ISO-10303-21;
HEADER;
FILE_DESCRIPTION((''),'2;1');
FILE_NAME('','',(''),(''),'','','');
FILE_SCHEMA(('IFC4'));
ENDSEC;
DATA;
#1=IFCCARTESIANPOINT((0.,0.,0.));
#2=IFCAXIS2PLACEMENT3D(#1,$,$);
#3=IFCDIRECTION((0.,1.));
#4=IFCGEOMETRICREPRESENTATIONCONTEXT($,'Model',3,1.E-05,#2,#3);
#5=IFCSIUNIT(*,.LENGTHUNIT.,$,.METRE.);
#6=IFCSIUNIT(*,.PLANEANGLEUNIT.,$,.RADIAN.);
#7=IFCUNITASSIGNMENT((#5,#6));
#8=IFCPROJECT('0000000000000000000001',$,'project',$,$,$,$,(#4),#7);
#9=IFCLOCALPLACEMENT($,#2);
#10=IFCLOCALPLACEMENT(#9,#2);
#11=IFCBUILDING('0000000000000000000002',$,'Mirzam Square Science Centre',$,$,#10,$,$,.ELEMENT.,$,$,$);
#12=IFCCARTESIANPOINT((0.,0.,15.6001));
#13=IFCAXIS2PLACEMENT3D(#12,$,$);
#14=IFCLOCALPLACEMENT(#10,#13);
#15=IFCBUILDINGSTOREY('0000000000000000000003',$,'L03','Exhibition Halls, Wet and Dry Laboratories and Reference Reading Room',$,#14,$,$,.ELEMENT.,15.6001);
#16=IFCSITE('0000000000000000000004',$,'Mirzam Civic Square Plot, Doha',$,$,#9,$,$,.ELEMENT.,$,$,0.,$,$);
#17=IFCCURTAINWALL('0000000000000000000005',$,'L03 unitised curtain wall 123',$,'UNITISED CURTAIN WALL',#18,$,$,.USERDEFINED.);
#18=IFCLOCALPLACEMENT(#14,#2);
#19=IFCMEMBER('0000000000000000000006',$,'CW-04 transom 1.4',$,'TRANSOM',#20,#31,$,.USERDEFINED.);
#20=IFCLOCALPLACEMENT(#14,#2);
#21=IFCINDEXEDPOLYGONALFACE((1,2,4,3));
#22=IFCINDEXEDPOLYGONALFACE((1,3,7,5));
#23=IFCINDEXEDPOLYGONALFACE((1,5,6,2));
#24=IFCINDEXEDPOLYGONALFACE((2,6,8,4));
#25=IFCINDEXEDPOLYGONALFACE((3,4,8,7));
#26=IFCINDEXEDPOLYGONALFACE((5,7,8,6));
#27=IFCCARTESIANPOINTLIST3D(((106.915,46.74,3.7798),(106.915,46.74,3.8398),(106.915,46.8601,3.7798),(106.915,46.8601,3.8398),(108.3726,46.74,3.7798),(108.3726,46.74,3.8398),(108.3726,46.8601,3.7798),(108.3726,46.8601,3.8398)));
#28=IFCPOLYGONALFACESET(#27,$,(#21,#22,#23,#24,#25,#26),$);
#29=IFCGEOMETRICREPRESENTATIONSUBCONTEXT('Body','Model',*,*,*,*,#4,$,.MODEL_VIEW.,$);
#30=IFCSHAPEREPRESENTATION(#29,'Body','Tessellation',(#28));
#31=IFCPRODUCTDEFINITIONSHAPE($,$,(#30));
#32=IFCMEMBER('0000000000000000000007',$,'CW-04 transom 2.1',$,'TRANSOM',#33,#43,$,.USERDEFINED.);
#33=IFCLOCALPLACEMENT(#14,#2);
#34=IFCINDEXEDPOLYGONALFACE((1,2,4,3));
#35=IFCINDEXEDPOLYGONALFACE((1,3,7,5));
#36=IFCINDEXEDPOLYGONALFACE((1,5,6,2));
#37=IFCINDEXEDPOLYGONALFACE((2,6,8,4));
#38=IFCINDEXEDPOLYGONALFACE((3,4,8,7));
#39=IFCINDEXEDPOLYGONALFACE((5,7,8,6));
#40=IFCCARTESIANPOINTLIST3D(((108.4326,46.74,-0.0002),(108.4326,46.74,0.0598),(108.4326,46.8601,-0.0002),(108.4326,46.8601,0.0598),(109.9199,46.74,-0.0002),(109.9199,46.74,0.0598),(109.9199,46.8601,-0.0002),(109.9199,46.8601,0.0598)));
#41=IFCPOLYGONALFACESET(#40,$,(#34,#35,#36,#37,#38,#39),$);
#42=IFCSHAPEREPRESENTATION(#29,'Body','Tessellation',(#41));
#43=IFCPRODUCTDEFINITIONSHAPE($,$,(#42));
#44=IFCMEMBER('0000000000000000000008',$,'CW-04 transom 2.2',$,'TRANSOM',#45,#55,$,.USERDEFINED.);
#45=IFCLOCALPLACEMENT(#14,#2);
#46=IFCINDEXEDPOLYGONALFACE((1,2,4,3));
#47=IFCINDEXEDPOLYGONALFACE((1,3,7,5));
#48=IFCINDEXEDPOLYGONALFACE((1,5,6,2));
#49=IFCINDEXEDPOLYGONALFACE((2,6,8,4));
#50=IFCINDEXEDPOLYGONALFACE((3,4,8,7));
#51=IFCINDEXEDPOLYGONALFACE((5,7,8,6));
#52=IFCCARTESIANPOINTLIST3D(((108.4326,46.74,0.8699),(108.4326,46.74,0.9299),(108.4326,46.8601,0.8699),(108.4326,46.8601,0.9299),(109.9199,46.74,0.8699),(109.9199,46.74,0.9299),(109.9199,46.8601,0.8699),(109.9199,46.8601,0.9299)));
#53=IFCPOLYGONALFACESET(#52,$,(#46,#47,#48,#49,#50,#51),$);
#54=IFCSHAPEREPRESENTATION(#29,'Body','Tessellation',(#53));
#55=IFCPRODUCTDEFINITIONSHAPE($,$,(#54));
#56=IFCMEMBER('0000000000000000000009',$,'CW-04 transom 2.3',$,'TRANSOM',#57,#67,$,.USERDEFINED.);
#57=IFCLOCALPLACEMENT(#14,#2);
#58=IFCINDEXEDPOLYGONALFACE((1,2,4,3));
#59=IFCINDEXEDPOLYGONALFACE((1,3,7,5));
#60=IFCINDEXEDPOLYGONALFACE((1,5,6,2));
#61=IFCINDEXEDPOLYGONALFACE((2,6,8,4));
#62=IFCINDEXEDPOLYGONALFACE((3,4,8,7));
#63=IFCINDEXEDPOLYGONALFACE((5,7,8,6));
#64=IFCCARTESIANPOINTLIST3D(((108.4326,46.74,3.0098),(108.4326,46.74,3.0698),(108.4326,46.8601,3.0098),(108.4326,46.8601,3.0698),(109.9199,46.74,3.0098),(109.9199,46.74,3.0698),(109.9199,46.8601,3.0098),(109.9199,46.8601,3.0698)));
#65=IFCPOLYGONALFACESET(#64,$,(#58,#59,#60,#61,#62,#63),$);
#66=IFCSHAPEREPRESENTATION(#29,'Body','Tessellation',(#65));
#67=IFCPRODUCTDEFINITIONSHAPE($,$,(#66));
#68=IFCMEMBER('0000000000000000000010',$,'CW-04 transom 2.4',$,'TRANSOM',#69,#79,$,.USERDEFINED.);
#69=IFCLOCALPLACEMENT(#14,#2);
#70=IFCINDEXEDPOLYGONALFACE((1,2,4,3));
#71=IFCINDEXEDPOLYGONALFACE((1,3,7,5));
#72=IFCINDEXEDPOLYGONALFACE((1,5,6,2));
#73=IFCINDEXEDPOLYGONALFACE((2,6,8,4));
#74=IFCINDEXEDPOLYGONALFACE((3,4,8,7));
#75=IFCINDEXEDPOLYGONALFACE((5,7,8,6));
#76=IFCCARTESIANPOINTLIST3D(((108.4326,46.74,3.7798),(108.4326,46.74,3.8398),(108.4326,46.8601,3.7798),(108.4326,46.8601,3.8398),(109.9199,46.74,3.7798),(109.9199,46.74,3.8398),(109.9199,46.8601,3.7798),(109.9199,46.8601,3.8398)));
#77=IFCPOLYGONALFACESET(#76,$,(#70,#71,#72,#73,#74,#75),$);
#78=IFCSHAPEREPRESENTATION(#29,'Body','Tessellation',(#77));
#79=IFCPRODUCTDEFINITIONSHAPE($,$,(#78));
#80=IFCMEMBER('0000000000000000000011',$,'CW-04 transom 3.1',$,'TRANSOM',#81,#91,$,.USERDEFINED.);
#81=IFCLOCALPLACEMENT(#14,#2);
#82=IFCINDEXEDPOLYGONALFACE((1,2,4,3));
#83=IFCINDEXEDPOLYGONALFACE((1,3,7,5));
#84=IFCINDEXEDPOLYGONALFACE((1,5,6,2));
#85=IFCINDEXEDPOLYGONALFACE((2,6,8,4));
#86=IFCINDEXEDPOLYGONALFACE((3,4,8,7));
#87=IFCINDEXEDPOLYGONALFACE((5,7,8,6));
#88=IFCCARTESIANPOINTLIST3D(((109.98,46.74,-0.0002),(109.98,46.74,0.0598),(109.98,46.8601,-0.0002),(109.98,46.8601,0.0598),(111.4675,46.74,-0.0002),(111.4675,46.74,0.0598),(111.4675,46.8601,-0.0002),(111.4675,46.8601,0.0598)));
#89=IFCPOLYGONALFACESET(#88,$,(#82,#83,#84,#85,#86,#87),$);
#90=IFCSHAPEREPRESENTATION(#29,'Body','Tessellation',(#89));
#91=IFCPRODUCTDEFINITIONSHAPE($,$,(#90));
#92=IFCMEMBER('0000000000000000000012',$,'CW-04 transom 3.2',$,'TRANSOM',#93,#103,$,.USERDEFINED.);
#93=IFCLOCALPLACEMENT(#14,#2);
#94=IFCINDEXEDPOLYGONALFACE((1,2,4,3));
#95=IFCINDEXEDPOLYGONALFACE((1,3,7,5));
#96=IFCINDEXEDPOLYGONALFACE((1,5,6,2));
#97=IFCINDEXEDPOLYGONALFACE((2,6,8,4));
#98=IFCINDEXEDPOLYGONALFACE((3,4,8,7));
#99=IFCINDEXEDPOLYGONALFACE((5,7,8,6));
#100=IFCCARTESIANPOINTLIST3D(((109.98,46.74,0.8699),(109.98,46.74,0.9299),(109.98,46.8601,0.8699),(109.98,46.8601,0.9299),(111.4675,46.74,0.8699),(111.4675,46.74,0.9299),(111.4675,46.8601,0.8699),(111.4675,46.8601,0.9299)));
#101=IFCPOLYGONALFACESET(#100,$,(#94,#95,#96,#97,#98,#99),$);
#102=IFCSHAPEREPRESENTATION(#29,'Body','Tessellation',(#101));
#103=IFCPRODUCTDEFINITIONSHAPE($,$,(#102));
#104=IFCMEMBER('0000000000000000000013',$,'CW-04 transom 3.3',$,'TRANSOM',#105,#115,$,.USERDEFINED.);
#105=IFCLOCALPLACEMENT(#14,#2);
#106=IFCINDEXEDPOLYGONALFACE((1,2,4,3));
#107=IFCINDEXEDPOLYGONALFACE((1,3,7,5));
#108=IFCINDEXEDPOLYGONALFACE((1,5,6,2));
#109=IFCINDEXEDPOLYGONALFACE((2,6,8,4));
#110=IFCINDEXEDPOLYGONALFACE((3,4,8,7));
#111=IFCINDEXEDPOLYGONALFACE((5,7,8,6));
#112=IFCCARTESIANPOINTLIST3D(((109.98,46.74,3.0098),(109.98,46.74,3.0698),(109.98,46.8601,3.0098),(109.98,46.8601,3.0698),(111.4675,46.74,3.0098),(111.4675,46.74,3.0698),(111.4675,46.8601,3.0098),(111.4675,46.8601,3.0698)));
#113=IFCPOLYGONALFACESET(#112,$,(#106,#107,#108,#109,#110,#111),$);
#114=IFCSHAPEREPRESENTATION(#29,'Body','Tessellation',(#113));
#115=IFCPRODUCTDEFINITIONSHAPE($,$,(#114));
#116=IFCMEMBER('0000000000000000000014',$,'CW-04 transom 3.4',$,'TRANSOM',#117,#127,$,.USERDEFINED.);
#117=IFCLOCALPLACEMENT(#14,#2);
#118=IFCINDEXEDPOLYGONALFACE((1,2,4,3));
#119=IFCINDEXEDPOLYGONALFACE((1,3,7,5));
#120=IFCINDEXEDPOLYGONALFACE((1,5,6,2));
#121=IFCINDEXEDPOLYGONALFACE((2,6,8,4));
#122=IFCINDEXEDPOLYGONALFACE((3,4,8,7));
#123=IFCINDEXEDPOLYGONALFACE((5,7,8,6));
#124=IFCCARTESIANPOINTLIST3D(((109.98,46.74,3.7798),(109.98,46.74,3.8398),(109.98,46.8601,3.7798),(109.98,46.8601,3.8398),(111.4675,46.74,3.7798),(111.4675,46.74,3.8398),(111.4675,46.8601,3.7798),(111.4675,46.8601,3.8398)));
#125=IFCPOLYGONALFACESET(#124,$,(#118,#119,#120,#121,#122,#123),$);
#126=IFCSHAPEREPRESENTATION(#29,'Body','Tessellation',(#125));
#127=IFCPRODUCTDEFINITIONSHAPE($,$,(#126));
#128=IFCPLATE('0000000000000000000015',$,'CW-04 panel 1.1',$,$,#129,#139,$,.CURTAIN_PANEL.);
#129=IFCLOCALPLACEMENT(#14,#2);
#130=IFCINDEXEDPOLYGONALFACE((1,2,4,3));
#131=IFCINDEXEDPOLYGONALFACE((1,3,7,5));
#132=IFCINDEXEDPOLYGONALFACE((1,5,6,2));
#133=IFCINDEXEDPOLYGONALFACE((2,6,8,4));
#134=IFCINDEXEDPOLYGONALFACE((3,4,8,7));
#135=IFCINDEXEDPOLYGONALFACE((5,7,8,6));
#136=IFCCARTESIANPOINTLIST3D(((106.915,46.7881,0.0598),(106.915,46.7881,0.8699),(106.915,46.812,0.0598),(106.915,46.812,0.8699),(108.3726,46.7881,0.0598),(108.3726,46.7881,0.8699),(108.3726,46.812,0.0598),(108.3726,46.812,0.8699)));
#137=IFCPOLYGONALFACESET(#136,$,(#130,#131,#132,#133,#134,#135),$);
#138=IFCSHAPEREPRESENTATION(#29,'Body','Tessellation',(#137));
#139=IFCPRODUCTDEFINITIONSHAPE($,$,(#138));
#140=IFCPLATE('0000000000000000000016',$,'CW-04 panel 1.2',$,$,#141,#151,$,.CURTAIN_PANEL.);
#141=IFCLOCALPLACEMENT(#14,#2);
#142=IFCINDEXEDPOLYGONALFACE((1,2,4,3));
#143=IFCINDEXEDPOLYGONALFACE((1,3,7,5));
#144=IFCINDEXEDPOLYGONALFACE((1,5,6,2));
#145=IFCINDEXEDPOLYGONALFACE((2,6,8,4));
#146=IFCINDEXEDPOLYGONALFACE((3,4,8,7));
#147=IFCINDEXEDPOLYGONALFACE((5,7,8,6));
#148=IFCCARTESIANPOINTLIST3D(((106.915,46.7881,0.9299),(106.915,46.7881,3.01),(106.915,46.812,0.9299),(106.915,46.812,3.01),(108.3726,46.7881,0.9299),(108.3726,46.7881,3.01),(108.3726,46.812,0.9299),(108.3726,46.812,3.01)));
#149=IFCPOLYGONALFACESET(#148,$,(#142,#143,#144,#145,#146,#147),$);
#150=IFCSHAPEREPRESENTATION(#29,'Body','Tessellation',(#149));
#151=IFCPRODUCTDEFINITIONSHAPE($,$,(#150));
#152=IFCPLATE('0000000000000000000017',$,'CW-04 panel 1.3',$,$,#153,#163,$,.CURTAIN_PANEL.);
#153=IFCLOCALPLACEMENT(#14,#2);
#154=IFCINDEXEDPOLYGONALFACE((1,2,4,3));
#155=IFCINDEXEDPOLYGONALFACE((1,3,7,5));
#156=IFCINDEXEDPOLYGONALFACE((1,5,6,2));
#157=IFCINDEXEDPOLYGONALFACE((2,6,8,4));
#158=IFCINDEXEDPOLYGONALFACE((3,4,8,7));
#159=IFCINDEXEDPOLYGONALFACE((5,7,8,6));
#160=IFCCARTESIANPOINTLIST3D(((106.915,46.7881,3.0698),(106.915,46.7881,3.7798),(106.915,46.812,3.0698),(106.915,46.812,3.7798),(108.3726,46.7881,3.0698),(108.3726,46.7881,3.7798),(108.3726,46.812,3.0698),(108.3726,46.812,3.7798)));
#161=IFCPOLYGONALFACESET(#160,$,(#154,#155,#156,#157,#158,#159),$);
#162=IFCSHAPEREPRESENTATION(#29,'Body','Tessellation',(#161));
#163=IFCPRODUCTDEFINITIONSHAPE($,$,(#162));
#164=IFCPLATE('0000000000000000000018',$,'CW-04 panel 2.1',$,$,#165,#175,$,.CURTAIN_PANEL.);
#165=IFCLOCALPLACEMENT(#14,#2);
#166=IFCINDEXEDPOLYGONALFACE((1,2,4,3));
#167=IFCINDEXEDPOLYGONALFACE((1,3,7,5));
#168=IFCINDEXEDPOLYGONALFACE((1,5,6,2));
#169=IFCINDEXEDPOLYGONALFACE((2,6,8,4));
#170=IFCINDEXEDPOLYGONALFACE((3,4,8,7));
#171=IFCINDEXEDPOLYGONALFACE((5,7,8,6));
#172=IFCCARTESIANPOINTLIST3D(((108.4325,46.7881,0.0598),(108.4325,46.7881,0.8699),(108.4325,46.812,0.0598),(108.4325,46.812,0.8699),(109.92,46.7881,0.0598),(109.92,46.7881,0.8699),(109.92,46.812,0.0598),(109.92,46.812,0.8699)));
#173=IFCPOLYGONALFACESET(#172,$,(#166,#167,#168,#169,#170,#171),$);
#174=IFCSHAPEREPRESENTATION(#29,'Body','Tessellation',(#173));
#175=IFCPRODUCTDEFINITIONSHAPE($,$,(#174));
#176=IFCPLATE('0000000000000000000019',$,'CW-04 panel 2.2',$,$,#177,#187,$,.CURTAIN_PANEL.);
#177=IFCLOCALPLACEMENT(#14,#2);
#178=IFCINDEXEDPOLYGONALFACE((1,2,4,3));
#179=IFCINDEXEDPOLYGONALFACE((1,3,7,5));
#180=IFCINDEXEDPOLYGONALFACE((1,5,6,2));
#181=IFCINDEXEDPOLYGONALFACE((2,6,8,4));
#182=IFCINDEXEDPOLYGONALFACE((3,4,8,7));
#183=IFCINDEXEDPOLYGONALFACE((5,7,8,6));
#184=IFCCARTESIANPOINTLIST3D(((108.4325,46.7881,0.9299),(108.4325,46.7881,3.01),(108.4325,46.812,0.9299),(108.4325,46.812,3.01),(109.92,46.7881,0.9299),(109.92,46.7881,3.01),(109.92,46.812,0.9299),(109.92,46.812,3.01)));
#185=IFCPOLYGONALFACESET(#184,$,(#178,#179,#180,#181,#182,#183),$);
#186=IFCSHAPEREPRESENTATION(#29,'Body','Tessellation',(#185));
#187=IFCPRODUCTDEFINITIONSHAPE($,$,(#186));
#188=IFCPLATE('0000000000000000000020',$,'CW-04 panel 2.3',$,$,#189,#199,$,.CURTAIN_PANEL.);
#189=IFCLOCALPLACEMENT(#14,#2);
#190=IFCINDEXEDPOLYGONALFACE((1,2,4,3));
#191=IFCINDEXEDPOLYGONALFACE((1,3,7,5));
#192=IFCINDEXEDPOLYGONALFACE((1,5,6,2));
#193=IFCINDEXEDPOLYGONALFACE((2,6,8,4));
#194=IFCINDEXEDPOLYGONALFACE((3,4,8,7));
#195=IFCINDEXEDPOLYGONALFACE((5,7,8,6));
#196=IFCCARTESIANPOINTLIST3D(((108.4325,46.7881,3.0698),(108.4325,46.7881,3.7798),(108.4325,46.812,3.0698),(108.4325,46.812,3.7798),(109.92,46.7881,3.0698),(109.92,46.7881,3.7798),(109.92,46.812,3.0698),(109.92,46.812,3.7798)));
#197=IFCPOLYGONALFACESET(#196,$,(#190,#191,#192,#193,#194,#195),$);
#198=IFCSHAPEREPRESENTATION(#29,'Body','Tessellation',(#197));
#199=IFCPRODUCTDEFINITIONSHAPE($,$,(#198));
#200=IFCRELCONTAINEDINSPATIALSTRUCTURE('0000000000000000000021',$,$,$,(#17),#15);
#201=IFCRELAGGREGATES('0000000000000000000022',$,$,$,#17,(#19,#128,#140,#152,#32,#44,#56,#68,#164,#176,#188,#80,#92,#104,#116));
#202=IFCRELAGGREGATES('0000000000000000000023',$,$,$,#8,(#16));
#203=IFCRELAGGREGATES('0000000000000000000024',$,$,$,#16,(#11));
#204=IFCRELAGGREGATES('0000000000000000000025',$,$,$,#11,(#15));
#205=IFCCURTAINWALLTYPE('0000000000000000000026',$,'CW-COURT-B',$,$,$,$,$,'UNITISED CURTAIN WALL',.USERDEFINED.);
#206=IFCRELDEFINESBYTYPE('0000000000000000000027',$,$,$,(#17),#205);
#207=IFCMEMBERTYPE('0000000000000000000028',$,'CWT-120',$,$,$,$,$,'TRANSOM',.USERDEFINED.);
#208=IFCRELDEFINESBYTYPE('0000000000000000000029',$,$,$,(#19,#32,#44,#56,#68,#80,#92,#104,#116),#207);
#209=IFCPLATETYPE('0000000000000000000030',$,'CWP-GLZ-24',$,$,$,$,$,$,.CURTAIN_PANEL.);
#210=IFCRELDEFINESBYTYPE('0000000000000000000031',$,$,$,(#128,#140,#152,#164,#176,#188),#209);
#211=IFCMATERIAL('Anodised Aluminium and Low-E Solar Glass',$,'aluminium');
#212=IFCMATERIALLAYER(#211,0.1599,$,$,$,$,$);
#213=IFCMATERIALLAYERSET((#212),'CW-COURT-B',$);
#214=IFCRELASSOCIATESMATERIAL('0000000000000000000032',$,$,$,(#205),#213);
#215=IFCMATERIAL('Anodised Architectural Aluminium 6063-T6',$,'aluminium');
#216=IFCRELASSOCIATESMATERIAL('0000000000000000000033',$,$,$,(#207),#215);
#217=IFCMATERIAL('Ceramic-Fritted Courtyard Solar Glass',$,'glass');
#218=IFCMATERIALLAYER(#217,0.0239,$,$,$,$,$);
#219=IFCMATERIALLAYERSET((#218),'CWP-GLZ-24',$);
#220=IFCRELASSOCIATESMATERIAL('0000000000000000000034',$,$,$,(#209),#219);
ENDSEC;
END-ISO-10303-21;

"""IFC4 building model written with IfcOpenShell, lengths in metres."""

from ifc_helpers import new_model, si_unit, direction, frame, origin, origin_2d, place, context, subcontext, project, spatial, rectangle, extrude, material, layer, layer_set, material_profile, profile_set, type_object, element, aggregate, save


model = new_model("IFC4")

# Units and contexts
model_context = context("Model", 3, precision=1e-05, world=origin(), true_north=direction((0.0, 1.0)))
body_context = subcontext(model_context, "Body", "Model", "MODEL_VIEW")
ifc_project = project(units=[si_unit("LENGTHUNIT", "METRE"), si_unit("PLANEANGLEUNIT", "RADIAN")], contexts=[model_context])

# Site, building, storey
site_placement = place(None, origin())
site = spatial("IfcSite", under=ifc_project, at=site_placement, Name="Mirzam Civic Square Plot, Doha", CompositionType="ELEMENT", RefElevation=0.0)
building_placement = place(site_placement, origin())
building = spatial("IfcBuilding", under=site, at=building_placement, Name="Mirzam Square Science Centre", CompositionType="ELEMENT")
storey_placement = place(building_placement, frame((0.0, 0.0, 15.6001)))
storey = spatial("IfcBuildingStorey", under=building, at=storey_placement, Name="L03", Description="Exhibition Halls, Wet and Dry Laboratories and Reference Reading Room", CompositionType="ELEMENT", Elevation=15.6001)

# Curtain wall, members, plates
ifc_material_1 = material(Name="Anodised Aluminium and Low-E Solar Glass", Category="aluminium")
ifc_layer_1 = layer(ifc_material_1, 0.1599)
ifc_layer_set_1 = layer_set([ifc_layer_1], Name="CW-COURT-B")
curtain_wall_type = type_object("IfcCurtainWallType", Name="CW-COURT-B", ElementType="UNITISED CURTAIN WALL", PredefinedType="USERDEFINED", material=ifc_layer_set_1)
curtain_wall_placement = place(storey_placement, origin())
curtain_wall = element("IfcCurtainWall", 1, at=curtain_wall_placement, inside=storey, type_object=curtain_wall_type, Name="L03 unitised curtain wall 123", ObjectType="UNITISED CURTAIN WALL", PredefinedType="USERDEFINED")
ifc_material_2 = material(Name="Anodised Architectural Aluminium 6063-T6", Category="aluminium")
ifc_material_profile_1 = material_profile(ifc_material_2, rectangle(XDim=0.1201, YDim=0.0601, at=origin_2d()), Name="ALU-TRAN-120x60x4")
ifc_profile_set_1 = profile_set([ifc_material_profile_1], Name="Anodised Architectural Aluminium 6063-T6")
member_type_1 = type_object("IfcMemberType", Name="CWT-120", ElementType="TRANSOM", PredefinedType="USERDEFINED", material=ifc_profile_set_1)
member_1_placement = place(storey_placement, frame((106.915, 46.8, 3.8098), z_axis=(1.0, 0.0, 0.0), x_axis=(0.0, 1.0, 0.0)))
member_1 = element("IfcMember", 2, at=member_1_placement, type_object=member_type_1, Name="CW-04 transom 1.4", ObjectType="TRANSOM", PredefinedType="USERDEFINED", context=body_context, shape_type="SweptSolid", body=[
    extrude(rectangle(XDim=0.1201, YDim=0.0601, at=origin_2d()), origin(), (0.0, 0.0, 1.0), 1.4575),
])
member_2_placement = place(storey_placement, frame((108.4326, 46.8, 0.0298), z_axis=(1.0, 0.0, 0.0), x_axis=(0.0, 1.0, 0.0)))
member_2 = element("IfcMember", 3, at=member_2_placement, type_object=member_type_1, Name="CW-04 transom 2.1", ObjectType="TRANSOM", PredefinedType="USERDEFINED", context=body_context, shape_type="SweptSolid", body=[
    extrude(rectangle(XDim=0.1201, YDim=0.0601, at=origin_2d()), origin(), (0.0, 0.0, 1.0), 1.4873),
])
member_3_placement = place(storey_placement, frame((108.4326, 46.8, 0.8999), z_axis=(1.0, 0.0, 0.0), x_axis=(0.0, 1.0, 0.0)))
member_3 = element("IfcMember", 4, at=member_3_placement, type_object=member_type_1, Name="CW-04 transom 2.2", ObjectType="TRANSOM", PredefinedType="USERDEFINED", context=body_context, shape_type="SweptSolid", body=[
    extrude(rectangle(XDim=0.1201, YDim=0.0601, at=origin_2d()), origin(), (0.0, 0.0, 1.0), 1.4873),
])
member_4_placement = place(storey_placement, frame((108.4326, 46.8, 3.0398), z_axis=(1.0, 0.0, 0.0), x_axis=(0.0, 1.0, 0.0)))
member_4 = element("IfcMember", 5, at=member_4_placement, type_object=member_type_1, Name="CW-04 transom 2.3", ObjectType="TRANSOM", PredefinedType="USERDEFINED", context=body_context, shape_type="SweptSolid", body=[
    extrude(rectangle(XDim=0.1201, YDim=0.0601, at=origin_2d()), origin(), (0.0, 0.0, 1.0), 1.4873),
])
member_5_placement = place(storey_placement, frame((108.4326, 46.8, 3.8098), z_axis=(1.0, 0.0, 0.0), x_axis=(0.0, 1.0, 0.0)))
member_5 = element("IfcMember", 6, at=member_5_placement, type_object=member_type_1, Name="CW-04 transom 2.4", ObjectType="TRANSOM", PredefinedType="USERDEFINED", context=body_context, shape_type="SweptSolid", body=[
    extrude(rectangle(XDim=0.1201, YDim=0.0601, at=origin_2d()), origin(), (0.0, 0.0, 1.0), 1.4873),
])
member_6_placement = place(storey_placement, frame((109.98, 46.8, 0.0298), z_axis=(1.0, 0.0, 0.0), x_axis=(0.0, 1.0, 0.0)))
member_6 = element("IfcMember", 7, at=member_6_placement, type_object=member_type_1, Name="CW-04 transom 3.1", ObjectType="TRANSOM", PredefinedType="USERDEFINED", context=body_context, shape_type="SweptSolid", body=[
    extrude(rectangle(XDim=0.1201, YDim=0.0601, at=origin_2d()), origin(), (0.0, 0.0, 1.0), 1.4875),
])
member_7_placement = place(storey_placement, frame((109.98, 46.8, 0.8999), z_axis=(1.0, 0.0, 0.0), x_axis=(0.0, 1.0, 0.0)))
member_7 = element("IfcMember", 8, at=member_7_placement, type_object=member_type_1, Name="CW-04 transom 3.2", ObjectType="TRANSOM", PredefinedType="USERDEFINED", context=body_context, shape_type="SweptSolid", body=[
    extrude(rectangle(XDim=0.1201, YDim=0.0601, at=origin_2d()), origin(), (0.0, 0.0, 1.0), 1.4875),
])
member_8_placement = place(storey_placement, frame((109.98, 46.8, 3.0398), z_axis=(1.0, 0.0, 0.0), x_axis=(0.0, 1.0, 0.0)))
member_8 = element("IfcMember", 9, at=member_8_placement, type_object=member_type_1, Name="CW-04 transom 3.3", ObjectType="TRANSOM", PredefinedType="USERDEFINED", context=body_context, shape_type="SweptSolid", body=[
    extrude(rectangle(XDim=0.1201, YDim=0.0601, at=origin_2d()), origin(), (0.0, 0.0, 1.0), 1.4875),
])
member_9_placement = place(storey_placement, frame((109.98, 46.8, 3.8098), z_axis=(1.0, 0.0, 0.0), x_axis=(0.0, 1.0, 0.0)))
member_9 = element("IfcMember", 10, at=member_9_placement, type_object=member_type_1, Name="CW-04 transom 3.4", ObjectType="TRANSOM", PredefinedType="USERDEFINED", context=body_context, shape_type="SweptSolid", body=[
    extrude(rectangle(XDim=0.1201, YDim=0.0601, at=origin_2d()), origin(), (0.0, 0.0, 1.0), 1.4875),
])
ifc_material_3 = material(Name="Ceramic-Fritted Courtyard Solar Glass", Category="glass")
ifc_layer_2 = layer(ifc_material_3, 0.0239)
ifc_layer_set_2 = layer_set([ifc_layer_2], Name="CWP-GLZ-24")
plate_type = type_object("IfcPlateType", Name="CWP-GLZ-24", PredefinedType="CURTAIN_PANEL", material=ifc_layer_set_2)
plate_1_placement = place(storey_placement, frame((107.6438, 46.8, 0.0598), z_axis=(0.0, 0.0, 1.0), x_axis=(1.0, 0.0, 0.0)))
plate_1 = element("IfcPlate", 11, at=plate_1_placement, type_object=plate_type, Name="CW-04 panel 1.1", PredefinedType="CURTAIN_PANEL", context=body_context, shape_type="SweptSolid", body=[
    extrude(rectangle(XDim=1.4575, YDim=0.0239, at=origin_2d()), origin(), (0.0, 0.0, 1.0), 0.8101),
])
plate_2_placement = place(storey_placement, frame((107.6438, 46.8, 0.9299), z_axis=(0.0, 0.0, 1.0), x_axis=(1.0, 0.0, 0.0)))
plate_2 = element("IfcPlate", 12, at=plate_2_placement, type_object=plate_type, Name="CW-04 panel 1.2", PredefinedType="CURTAIN_PANEL", context=body_context, shape_type="SweptSolid", body=[
    extrude(rectangle(XDim=1.4575, YDim=0.0239, at=origin_2d()), origin(), (0.0, 0.0, 1.0), 2.0801),
])
plate_3_placement = place(storey_placement, frame((107.6438, 46.8, 3.0698), z_axis=(0.0, 0.0, 1.0), x_axis=(1.0, 0.0, 0.0)))
plate_3 = element("IfcPlate", 13, at=plate_3_placement, type_object=plate_type, Name="CW-04 panel 1.3", PredefinedType="CURTAIN_PANEL", context=body_context, shape_type="SweptSolid", body=[
    extrude(rectangle(XDim=1.4575, YDim=0.0239, at=origin_2d()), origin(), (0.0, 0.0, 1.0), 0.71),
])
plate_4_placement = place(storey_placement, frame((109.1763, 46.8, 0.0598), z_axis=(0.0, 0.0, 1.0), x_axis=(1.0, 0.0, 0.0)))
plate_4 = element("IfcPlate", 14, at=plate_4_placement, type_object=plate_type, Name="CW-04 panel 2.1", PredefinedType="CURTAIN_PANEL", context=body_context, shape_type="SweptSolid", body=[
    extrude(rectangle(XDim=1.4875, YDim=0.0239, at=origin_2d()), origin(), (0.0, 0.0, 1.0), 0.8101),
])
plate_5_placement = place(storey_placement, frame((109.1763, 46.8, 0.9299), z_axis=(0.0, 0.0, 1.0), x_axis=(1.0, 0.0, 0.0)))
plate_5 = element("IfcPlate", 15, at=plate_5_placement, type_object=plate_type, Name="CW-04 panel 2.2", PredefinedType="CURTAIN_PANEL", context=body_context, shape_type="SweptSolid", body=[
    extrude(rectangle(XDim=1.4875, YDim=0.0239, at=origin_2d()), origin(), (0.0, 0.0, 1.0), 2.0801),
])
plate_6_placement = place(storey_placement, frame((109.1763, 46.8, 3.0698), z_axis=(0.0, 0.0, 1.0), x_axis=(1.0, 0.0, 0.0)))
plate_6 = element("IfcPlate", 16, at=plate_6_placement, type_object=plate_type, Name="CW-04 panel 2.3", PredefinedType="CURTAIN_PANEL", context=body_context, shape_type="SweptSolid", body=[
    extrude(rectangle(XDim=1.4875, YDim=0.0239, at=origin_2d()), origin(), (0.0, 0.0, 1.0), 0.71),
])
aggregate(curtain_wall, [member_1, plate_1, plate_2, plate_3, member_2, member_3, member_4, member_5, plate_4, plate_5, plate_6, member_6, member_7, member_8, member_9])

save(model, "model.ifc")
